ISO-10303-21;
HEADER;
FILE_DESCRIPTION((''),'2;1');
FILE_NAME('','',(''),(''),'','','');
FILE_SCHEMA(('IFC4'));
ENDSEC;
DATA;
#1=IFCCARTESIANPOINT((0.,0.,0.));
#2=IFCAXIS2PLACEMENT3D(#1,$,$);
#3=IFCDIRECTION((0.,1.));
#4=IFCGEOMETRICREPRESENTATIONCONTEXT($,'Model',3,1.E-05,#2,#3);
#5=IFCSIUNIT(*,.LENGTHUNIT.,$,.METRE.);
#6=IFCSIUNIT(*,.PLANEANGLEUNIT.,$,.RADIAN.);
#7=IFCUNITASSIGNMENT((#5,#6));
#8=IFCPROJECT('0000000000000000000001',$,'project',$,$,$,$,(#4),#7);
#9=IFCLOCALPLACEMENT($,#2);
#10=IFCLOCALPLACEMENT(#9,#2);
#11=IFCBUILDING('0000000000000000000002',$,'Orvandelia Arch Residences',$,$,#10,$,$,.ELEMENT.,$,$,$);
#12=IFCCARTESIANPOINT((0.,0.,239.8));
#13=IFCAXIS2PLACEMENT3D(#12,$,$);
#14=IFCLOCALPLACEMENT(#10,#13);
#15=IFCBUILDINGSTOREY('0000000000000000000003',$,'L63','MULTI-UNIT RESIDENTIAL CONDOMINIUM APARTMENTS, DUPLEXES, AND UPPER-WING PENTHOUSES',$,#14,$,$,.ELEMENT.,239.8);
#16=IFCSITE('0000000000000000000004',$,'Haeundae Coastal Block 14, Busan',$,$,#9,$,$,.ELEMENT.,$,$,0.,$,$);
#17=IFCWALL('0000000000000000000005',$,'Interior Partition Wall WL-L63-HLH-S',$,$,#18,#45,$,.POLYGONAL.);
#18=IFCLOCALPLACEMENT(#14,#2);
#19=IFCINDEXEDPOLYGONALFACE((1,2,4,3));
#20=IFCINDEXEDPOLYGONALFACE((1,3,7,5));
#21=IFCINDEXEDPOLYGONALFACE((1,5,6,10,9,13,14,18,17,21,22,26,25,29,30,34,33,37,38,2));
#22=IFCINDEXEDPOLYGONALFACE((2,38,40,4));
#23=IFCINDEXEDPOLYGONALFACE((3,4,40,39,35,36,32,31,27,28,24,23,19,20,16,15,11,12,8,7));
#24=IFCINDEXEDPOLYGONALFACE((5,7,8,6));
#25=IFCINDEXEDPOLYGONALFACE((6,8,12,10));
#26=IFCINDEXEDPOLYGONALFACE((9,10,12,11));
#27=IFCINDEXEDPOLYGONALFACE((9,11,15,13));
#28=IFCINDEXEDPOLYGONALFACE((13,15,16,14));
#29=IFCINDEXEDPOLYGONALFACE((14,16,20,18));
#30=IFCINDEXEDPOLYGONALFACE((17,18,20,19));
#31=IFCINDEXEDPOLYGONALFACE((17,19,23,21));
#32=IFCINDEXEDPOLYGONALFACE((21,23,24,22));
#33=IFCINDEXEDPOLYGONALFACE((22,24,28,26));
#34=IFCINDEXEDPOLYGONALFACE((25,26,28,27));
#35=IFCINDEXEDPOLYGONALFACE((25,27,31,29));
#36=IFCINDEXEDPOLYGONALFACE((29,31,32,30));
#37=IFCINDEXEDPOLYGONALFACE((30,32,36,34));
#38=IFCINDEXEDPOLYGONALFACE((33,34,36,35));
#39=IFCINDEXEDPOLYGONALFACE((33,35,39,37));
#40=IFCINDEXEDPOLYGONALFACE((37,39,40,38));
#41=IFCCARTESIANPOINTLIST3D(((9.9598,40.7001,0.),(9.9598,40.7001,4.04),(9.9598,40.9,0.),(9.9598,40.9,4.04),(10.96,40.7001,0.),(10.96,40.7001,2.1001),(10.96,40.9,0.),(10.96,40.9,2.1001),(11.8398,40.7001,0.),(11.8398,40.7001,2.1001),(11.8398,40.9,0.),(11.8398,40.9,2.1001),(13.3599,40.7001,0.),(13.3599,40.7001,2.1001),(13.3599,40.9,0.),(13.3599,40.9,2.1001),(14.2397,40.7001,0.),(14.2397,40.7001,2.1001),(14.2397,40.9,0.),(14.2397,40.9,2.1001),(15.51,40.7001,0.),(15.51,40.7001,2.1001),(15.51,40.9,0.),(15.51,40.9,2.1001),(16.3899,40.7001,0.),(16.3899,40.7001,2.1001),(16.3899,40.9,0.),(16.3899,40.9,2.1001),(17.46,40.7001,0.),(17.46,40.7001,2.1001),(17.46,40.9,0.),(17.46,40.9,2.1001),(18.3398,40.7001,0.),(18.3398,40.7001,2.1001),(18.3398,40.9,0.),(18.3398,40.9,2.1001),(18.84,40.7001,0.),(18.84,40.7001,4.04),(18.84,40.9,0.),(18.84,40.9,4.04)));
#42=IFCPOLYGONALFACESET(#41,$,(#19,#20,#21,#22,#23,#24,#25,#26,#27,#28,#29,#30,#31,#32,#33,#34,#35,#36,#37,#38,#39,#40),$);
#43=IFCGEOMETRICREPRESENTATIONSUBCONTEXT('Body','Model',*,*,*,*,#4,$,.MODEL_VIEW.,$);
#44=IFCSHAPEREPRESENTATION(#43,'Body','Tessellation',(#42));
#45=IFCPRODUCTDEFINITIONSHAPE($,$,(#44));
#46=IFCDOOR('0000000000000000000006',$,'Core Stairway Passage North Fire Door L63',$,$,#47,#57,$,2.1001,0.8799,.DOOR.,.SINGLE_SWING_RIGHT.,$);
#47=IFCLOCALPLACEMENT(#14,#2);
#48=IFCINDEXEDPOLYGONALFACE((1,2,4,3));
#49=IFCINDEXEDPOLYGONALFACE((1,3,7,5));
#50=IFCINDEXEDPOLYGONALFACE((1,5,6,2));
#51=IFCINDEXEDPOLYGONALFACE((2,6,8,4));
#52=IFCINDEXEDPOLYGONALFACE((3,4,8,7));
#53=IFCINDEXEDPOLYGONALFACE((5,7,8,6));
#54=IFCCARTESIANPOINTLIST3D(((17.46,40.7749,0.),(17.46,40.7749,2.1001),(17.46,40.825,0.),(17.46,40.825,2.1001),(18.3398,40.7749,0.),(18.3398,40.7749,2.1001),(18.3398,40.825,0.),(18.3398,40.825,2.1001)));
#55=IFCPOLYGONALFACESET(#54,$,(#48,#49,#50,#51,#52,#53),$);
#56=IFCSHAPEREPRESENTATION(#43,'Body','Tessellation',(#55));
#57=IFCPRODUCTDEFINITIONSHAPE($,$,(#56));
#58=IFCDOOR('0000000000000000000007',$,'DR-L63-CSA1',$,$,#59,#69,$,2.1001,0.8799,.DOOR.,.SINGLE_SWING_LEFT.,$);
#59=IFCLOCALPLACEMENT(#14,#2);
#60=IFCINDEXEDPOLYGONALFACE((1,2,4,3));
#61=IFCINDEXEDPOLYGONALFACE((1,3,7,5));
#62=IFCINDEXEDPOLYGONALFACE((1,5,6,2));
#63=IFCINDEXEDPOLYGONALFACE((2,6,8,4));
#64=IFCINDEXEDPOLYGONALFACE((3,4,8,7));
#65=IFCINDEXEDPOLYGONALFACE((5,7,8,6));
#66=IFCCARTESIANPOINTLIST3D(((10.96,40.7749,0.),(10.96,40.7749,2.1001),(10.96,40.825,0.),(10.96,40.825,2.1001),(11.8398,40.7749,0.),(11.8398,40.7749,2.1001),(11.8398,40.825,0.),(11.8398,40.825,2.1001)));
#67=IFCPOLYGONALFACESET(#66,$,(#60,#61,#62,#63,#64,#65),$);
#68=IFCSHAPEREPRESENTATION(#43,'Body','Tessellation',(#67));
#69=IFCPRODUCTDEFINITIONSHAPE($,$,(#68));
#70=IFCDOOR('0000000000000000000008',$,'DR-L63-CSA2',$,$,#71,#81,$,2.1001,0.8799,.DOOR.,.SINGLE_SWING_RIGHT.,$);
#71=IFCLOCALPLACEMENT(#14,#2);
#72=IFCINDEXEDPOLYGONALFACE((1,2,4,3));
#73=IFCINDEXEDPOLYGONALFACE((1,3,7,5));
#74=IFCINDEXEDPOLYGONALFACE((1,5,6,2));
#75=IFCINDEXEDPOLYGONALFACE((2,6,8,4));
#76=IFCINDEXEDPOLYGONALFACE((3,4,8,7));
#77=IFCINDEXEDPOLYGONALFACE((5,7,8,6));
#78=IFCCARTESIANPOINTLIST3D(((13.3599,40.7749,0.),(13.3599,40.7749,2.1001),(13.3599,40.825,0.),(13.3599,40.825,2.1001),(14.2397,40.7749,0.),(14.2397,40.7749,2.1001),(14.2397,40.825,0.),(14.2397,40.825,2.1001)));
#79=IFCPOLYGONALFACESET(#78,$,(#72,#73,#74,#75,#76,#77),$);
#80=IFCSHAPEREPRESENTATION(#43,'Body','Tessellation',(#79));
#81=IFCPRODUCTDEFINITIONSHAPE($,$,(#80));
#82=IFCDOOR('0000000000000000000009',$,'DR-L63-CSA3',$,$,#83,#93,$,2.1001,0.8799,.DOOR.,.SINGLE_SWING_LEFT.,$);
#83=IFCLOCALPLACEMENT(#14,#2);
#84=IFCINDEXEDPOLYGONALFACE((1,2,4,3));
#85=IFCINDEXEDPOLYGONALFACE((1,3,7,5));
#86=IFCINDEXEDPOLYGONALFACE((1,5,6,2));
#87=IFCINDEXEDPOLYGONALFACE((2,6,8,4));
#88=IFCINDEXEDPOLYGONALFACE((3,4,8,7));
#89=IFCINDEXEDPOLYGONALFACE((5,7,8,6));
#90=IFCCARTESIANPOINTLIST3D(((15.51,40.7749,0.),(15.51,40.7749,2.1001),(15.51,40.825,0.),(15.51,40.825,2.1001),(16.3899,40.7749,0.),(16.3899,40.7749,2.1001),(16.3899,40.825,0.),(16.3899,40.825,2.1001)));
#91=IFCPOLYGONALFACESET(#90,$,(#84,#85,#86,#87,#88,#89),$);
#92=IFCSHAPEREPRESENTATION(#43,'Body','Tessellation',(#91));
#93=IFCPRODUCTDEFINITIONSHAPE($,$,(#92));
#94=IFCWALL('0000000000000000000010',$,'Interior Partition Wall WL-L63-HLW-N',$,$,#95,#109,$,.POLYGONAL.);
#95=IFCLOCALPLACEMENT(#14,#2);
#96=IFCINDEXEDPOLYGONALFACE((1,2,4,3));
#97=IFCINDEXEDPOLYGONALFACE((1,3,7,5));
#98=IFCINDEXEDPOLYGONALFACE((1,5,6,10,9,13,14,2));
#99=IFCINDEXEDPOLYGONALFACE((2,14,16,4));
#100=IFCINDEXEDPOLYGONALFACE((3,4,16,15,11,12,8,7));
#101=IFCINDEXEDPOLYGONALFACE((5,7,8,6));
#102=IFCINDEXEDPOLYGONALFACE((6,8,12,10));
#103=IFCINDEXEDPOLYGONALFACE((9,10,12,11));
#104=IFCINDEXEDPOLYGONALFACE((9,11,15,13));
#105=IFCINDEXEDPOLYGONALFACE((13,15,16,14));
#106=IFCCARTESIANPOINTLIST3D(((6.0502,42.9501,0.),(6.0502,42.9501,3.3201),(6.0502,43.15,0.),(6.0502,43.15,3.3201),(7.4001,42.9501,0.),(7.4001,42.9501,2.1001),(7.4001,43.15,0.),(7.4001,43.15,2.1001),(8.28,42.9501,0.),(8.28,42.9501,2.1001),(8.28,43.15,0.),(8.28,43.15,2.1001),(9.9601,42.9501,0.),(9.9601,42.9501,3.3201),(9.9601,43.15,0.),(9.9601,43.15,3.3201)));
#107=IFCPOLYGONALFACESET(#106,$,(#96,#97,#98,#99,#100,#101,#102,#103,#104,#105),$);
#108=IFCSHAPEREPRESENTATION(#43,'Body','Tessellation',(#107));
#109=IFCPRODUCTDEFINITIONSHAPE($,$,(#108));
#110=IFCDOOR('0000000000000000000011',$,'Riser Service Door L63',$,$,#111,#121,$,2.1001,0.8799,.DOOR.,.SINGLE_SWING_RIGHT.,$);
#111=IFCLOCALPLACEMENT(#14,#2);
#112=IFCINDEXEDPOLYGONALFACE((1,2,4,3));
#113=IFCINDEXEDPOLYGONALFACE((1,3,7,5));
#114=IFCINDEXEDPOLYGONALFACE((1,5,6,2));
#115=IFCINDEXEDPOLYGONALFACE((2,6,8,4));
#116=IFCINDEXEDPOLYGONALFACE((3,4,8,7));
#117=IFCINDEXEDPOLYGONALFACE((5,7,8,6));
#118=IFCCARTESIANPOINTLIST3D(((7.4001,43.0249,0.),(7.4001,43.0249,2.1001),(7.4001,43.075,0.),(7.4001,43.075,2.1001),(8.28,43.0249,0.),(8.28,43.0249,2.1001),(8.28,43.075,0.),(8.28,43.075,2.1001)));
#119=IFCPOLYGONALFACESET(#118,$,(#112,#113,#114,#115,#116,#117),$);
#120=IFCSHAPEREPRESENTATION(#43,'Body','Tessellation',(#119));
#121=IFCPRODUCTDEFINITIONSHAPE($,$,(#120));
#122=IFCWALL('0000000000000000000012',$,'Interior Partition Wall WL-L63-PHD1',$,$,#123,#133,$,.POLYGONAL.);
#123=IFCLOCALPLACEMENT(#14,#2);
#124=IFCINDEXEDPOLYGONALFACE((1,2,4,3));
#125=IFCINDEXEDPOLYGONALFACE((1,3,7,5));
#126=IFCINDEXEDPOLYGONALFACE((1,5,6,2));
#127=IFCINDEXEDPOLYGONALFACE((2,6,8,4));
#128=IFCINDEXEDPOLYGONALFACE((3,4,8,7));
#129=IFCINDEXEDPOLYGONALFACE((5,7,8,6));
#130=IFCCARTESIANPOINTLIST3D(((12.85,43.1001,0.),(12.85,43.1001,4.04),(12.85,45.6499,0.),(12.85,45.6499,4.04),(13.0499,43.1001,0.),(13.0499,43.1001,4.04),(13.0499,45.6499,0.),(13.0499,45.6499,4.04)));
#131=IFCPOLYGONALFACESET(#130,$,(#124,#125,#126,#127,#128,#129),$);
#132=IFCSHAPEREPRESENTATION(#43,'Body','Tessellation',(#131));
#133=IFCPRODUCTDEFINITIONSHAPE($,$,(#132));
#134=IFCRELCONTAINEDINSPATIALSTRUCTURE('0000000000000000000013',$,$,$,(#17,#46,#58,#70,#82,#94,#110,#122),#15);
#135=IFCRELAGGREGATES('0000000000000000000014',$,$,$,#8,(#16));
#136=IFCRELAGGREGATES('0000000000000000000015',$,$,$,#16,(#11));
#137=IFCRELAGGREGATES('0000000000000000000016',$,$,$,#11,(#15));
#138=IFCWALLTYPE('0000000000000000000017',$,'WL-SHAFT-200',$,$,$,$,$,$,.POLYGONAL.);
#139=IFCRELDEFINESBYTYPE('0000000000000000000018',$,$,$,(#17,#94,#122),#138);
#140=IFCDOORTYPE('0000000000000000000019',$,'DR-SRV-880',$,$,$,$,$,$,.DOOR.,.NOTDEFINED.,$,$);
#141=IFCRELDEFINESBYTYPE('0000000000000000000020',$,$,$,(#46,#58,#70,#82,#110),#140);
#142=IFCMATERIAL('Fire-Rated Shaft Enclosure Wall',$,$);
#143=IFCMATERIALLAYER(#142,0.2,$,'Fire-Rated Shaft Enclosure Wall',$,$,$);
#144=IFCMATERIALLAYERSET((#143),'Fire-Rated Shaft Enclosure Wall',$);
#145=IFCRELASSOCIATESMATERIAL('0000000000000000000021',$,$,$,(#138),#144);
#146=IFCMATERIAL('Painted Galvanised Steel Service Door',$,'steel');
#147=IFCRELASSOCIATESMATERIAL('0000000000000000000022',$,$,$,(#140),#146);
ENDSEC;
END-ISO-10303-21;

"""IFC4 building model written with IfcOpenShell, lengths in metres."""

from ifc_helpers import new_model, si_unit, direction, frame, frame_2d, origin, place, context, subcontext, project, spatial, rectangle, extrude, material, layer, layer_set, type_object, element, fill, save


model = new_model("IFC4")

# Units and contexts
model_context = context("Model", 3, precision=1e-05, world=origin(), true_north=direction((0.0, 1.0)))
body_context = subcontext(model_context, "Body", "Model", "MODEL_VIEW")
ifc_project = project(units=[si_unit("LENGTHUNIT", "METRE"), si_unit("PLANEANGLEUNIT", "RADIAN")], contexts=[model_context])

# Site, building, storey
site_placement = place(None, origin())
site = spatial("IfcSite", under=ifc_project, at=site_placement, Name="Haeundae Coastal Block 14, Busan", CompositionType="ELEMENT", RefElevation=0.0)
building_placement = place(site_placement, origin())
building = spatial("IfcBuilding", under=site, at=building_placement, Name="Orvandelia Arch Residences", CompositionType="ELEMENT")
storey_placement = place(building_placement, frame((0.0, 0.0, 239.8)))
storey = spatial("IfcBuildingStorey", under=building, at=storey_placement, Name="L63", Description="MULTI-UNIT RESIDENTIAL CONDOMINIUM APARTMENTS, DUPLEXES, AND UPPER-WING PENTHOUSES", CompositionType="ELEMENT", Elevation=239.8)

# Shared definitions
ifc_material_1 = material(Name="Fire-Rated Shaft Enclosure Wall")
ifc_layer_1 = layer(ifc_material_1, 0.2, Name="Fire-Rated Shaft Enclosure Wall")
ifc_layer_set_1 = layer_set([ifc_layer_1], Name="Fire-Rated Shaft Enclosure Wall")
wall_type_1 = type_object("IfcWallType", Name="WL-SHAFT-200", PredefinedType="POLYGONAL", material=ifc_layer_set_1)

# Wall, openings, doors
wall_1_placement = place(storey_placement, frame((9.96, 40.8, 0.0), z_axis=(0.0, 0.0, 1.0), x_axis=(1.0, 0.0, 0.0)))
wall_1 = element("IfcWall", 1, at=wall_1_placement, inside=storey, type_object=wall_type_1, Name="Interior Partition Wall WL-L63-HLH-S", PredefinedType="POLYGONAL", context=body_context, shape_type="SweptSolid", body=[
    extrude(rectangle(XDim=8.8801, YDim=0.2, at=frame_2d((4.4399, 0.0))), origin(), (0.0, 0.0, 1.0), 4.04),
])
opening_1_placement = place(wall_1_placement, frame((7.5, 0.0, 0.0)))
opening_1 = element("IfcOpeningElement", 2, at=opening_1_placement, cuts=wall_1, PredefinedType="OPENING", context=body_context, shape_type="SweptSolid", body=[
    extrude(rectangle(XDim=0.8799, YDim=2.1001, at=frame_2d((0.4399, 1.05))), frame((0.0, 0.1099, 0.0), z_axis=(0.0, -1.0, 0.0), x_axis=(1.0, 0.0, 0.0)), (0.0, 0.0, 1.0), 0.22),
])
opening_2_placement = place(wall_1_placement, frame((1.0, 0.0, 0.0)))
opening_2 = element("IfcOpeningElement", 3, at=opening_2_placement, cuts=wall_1, PredefinedType="OPENING", context=body_context, shape_type="SweptSolid", body=[
    extrude(rectangle(XDim=0.8799, YDim=2.1001, at=frame_2d((0.4399, 1.05))), frame((0.0, 0.1099, 0.0), z_axis=(0.0, -1.0, 0.0), x_axis=(1.0, 0.0, 0.0)), (0.0, 0.0, 1.0), 0.22),
])
opening_3_placement = place(wall_1_placement, frame((3.3999, 0.0, 0.0)))
opening_3 = element("IfcOpeningElement", 4, at=opening_3_placement, cuts=wall_1, PredefinedType="OPENING", context=body_context, shape_type="SweptSolid", body=[
    extrude(rectangle(XDim=0.8799, YDim=2.1001, at=frame_2d((0.4399, 1.05))), frame((0.0, 0.1099, 0.0), z_axis=(0.0, -1.0, 0.0), x_axis=(1.0, 0.0, 0.0)), (0.0, 0.0, 1.0), 0.22),
])
opening_4_placement = place(wall_1_placement, frame((5.55, 0.0, 0.0)))
opening_4 = element("IfcOpeningElement", 5, at=opening_4_placement, cuts=wall_1, PredefinedType="OPENING", context=body_context, shape_type="SweptSolid", body=[
    extrude(rectangle(XDim=0.8799, YDim=2.1001, at=frame_2d((0.4399, 1.05))), frame((0.0, 0.1099, 0.0), z_axis=(0.0, -1.0, 0.0), x_axis=(1.0, 0.0, 0.0)), (0.0, 0.0, 1.0), 0.22),
])
ifc_material_2 = material(Name="Painted Galvanised Steel Service Door", Category="steel")
door_type_1 = type_object("IfcDoorType", Name="DR-SRV-880", OperationType="NOTDEFINED", PredefinedType="DOOR", material=ifc_material_2)
door_1_placement = place(opening_1_placement, origin())
door_1 = element("IfcDoor", 6, at=door_1_placement, inside=storey, type_object=door_type_1, Name="Core Stairway Passage North Fire Door L63", OperationType="SINGLE_SWING_RIGHT", OverallHeight=2.1001, OverallWidth=0.8799, PredefinedType="DOOR", context=body_context, shape_type="SweptSolid", body=[
    extrude(rectangle(XDim=0.8799, YDim=2.1001, at=frame_2d((0.4399, 1.05))), frame((0.0, 0.0249, 0.0), z_axis=(0.0, -1.0, 0.0), x_axis=(1.0, 0.0, 0.0)), (0.0, 0.0, 1.0), 0.05),
])
fill(opening_1, door_1)
door_2_placement = place(opening_2_placement, origin())
door_2 = element("IfcDoor", 7, at=door_2_placement, inside=storey, type_object=door_type_1, Name="DR-L63-CSA1", OperationType="SINGLE_SWING_LEFT", OverallHeight=2.1001, OverallWidth=0.8799, PredefinedType="DOOR", context=body_context, shape_type="SweptSolid", body=[
    extrude(rectangle(XDim=0.8799, YDim=2.1001, at=frame_2d((0.4399, 1.05))), frame((0.0, 0.0249, 0.0), z_axis=(0.0, -1.0, 0.0), x_axis=(1.0, 0.0, 0.0)), (0.0, 0.0, 1.0), 0.05),
])
fill(opening_2, door_2)
door_3_placement = place(opening_3_placement, origin())
door_3 = element("IfcDoor", 8, at=door_3_placement, inside=storey, type_object=door_type_1, Name="DR-L63-CSA2", OperationType="SINGLE_SWING_RIGHT", OverallHeight=2.1001, OverallWidth=0.8799, PredefinedType="DOOR", context=body_context, shape_type="SweptSolid", body=[
    extrude(rectangle(XDim=0.8799, YDim=2.1001, at=frame_2d((0.4399, 1.05))), frame((0.0, 0.0249, 0.0), z_axis=(0.0, -1.0, 0.0), x_axis=(1.0, 0.0, 0.0)), (0.0, 0.0, 1.0), 0.05),
])
fill(opening_3, door_3)
door_4_placement = place(opening_4_placement, origin())
door_4 = element("IfcDoor", 9, at=door_4_placement, inside=storey, type_object=door_type_1, Name="DR-L63-CSA3", OperationType="SINGLE_SWING_LEFT", OverallHeight=2.1001, OverallWidth=0.8799, PredefinedType="DOOR", context=body_context, shape_type="SweptSolid", body=[
    extrude(rectangle(XDim=0.8799, YDim=2.1001, at=frame_2d((0.4399, 1.05))), frame((0.0, 0.0249, 0.0), z_axis=(0.0, -1.0, 0.0), x_axis=(1.0, 0.0, 0.0)), (0.0, 0.0, 1.0), 0.05),
])
fill(opening_4, door_4)

# Wall, opening, door
wall_2_placement = place(storey_placement, frame((6.05, 43.05, 0.0), z_axis=(0.0, 0.0, 1.0), x_axis=(1.0, 0.0, 0.0)))
wall_2 = element("IfcWall", 10, at=wall_2_placement, inside=storey, type_object=wall_type_1, Name="Interior Partition Wall WL-L63-HLW-N", PredefinedType="POLYGONAL", context=body_context, shape_type="SweptSolid", body=[
    extrude(rectangle(XDim=3.9099, YDim=0.2, at=frame_2d((1.9551, 0.0))), origin(), (0.0, 0.0, 1.0), 3.3201),
])
opening_5_placement = place(wall_2_placement, frame((1.3501, 0.0, 0.0)))
opening_5 = element("IfcOpeningElement", 11, at=opening_5_placement, cuts=wall_2, PredefinedType="OPENING", context=body_context, shape_type="SweptSolid", body=[
    extrude(rectangle(XDim=0.8799, YDim=2.1001, at=frame_2d((0.4399, 1.05))), frame((0.0, 0.1099, 0.0), z_axis=(0.0, -1.0, 0.0), x_axis=(1.0, 0.0, 0.0)), (0.0, 0.0, 1.0), 0.22),
])
door_5_placement = place(opening_5_placement, origin())
door_5 = element("IfcDoor", 12, at=door_5_placement, inside=storey, type_object=door_type_1, Name="Riser Service Door L63", OperationType="SINGLE_SWING_RIGHT", OverallHeight=2.1001, OverallWidth=0.8799, PredefinedType="DOOR", context=body_context, shape_type="SweptSolid", body=[
    extrude(rectangle(XDim=0.8799, YDim=2.1001, at=frame_2d((0.4399, 1.05))), frame((0.0, 0.0249, 0.0), z_axis=(0.0, -1.0, 0.0), x_axis=(1.0, 0.0, 0.0)), (0.0, 0.0, 1.0), 0.05),
])
fill(opening_5, door_5)

# Wall
wall_3_placement = place(storey_placement, frame((12.95, 43.1001, 0.0), z_axis=(0.0, 0.0, 1.0), x_axis=(0.0, 1.0, 0.0)))
element("IfcWall", 13, at=wall_3_placement, inside=storey, type_object=wall_type_1, Name="Interior Partition Wall WL-L63-PHD1", PredefinedType="POLYGONAL", context=body_context, shape_type="SweptSolid", body=[
    extrude(rectangle(XDim=2.5498, YDim=0.2, at=frame_2d((1.2749, 0.0))), origin(), (0.0, 0.0, 1.0), 4.04),
])

save(model, "model.ifc")
